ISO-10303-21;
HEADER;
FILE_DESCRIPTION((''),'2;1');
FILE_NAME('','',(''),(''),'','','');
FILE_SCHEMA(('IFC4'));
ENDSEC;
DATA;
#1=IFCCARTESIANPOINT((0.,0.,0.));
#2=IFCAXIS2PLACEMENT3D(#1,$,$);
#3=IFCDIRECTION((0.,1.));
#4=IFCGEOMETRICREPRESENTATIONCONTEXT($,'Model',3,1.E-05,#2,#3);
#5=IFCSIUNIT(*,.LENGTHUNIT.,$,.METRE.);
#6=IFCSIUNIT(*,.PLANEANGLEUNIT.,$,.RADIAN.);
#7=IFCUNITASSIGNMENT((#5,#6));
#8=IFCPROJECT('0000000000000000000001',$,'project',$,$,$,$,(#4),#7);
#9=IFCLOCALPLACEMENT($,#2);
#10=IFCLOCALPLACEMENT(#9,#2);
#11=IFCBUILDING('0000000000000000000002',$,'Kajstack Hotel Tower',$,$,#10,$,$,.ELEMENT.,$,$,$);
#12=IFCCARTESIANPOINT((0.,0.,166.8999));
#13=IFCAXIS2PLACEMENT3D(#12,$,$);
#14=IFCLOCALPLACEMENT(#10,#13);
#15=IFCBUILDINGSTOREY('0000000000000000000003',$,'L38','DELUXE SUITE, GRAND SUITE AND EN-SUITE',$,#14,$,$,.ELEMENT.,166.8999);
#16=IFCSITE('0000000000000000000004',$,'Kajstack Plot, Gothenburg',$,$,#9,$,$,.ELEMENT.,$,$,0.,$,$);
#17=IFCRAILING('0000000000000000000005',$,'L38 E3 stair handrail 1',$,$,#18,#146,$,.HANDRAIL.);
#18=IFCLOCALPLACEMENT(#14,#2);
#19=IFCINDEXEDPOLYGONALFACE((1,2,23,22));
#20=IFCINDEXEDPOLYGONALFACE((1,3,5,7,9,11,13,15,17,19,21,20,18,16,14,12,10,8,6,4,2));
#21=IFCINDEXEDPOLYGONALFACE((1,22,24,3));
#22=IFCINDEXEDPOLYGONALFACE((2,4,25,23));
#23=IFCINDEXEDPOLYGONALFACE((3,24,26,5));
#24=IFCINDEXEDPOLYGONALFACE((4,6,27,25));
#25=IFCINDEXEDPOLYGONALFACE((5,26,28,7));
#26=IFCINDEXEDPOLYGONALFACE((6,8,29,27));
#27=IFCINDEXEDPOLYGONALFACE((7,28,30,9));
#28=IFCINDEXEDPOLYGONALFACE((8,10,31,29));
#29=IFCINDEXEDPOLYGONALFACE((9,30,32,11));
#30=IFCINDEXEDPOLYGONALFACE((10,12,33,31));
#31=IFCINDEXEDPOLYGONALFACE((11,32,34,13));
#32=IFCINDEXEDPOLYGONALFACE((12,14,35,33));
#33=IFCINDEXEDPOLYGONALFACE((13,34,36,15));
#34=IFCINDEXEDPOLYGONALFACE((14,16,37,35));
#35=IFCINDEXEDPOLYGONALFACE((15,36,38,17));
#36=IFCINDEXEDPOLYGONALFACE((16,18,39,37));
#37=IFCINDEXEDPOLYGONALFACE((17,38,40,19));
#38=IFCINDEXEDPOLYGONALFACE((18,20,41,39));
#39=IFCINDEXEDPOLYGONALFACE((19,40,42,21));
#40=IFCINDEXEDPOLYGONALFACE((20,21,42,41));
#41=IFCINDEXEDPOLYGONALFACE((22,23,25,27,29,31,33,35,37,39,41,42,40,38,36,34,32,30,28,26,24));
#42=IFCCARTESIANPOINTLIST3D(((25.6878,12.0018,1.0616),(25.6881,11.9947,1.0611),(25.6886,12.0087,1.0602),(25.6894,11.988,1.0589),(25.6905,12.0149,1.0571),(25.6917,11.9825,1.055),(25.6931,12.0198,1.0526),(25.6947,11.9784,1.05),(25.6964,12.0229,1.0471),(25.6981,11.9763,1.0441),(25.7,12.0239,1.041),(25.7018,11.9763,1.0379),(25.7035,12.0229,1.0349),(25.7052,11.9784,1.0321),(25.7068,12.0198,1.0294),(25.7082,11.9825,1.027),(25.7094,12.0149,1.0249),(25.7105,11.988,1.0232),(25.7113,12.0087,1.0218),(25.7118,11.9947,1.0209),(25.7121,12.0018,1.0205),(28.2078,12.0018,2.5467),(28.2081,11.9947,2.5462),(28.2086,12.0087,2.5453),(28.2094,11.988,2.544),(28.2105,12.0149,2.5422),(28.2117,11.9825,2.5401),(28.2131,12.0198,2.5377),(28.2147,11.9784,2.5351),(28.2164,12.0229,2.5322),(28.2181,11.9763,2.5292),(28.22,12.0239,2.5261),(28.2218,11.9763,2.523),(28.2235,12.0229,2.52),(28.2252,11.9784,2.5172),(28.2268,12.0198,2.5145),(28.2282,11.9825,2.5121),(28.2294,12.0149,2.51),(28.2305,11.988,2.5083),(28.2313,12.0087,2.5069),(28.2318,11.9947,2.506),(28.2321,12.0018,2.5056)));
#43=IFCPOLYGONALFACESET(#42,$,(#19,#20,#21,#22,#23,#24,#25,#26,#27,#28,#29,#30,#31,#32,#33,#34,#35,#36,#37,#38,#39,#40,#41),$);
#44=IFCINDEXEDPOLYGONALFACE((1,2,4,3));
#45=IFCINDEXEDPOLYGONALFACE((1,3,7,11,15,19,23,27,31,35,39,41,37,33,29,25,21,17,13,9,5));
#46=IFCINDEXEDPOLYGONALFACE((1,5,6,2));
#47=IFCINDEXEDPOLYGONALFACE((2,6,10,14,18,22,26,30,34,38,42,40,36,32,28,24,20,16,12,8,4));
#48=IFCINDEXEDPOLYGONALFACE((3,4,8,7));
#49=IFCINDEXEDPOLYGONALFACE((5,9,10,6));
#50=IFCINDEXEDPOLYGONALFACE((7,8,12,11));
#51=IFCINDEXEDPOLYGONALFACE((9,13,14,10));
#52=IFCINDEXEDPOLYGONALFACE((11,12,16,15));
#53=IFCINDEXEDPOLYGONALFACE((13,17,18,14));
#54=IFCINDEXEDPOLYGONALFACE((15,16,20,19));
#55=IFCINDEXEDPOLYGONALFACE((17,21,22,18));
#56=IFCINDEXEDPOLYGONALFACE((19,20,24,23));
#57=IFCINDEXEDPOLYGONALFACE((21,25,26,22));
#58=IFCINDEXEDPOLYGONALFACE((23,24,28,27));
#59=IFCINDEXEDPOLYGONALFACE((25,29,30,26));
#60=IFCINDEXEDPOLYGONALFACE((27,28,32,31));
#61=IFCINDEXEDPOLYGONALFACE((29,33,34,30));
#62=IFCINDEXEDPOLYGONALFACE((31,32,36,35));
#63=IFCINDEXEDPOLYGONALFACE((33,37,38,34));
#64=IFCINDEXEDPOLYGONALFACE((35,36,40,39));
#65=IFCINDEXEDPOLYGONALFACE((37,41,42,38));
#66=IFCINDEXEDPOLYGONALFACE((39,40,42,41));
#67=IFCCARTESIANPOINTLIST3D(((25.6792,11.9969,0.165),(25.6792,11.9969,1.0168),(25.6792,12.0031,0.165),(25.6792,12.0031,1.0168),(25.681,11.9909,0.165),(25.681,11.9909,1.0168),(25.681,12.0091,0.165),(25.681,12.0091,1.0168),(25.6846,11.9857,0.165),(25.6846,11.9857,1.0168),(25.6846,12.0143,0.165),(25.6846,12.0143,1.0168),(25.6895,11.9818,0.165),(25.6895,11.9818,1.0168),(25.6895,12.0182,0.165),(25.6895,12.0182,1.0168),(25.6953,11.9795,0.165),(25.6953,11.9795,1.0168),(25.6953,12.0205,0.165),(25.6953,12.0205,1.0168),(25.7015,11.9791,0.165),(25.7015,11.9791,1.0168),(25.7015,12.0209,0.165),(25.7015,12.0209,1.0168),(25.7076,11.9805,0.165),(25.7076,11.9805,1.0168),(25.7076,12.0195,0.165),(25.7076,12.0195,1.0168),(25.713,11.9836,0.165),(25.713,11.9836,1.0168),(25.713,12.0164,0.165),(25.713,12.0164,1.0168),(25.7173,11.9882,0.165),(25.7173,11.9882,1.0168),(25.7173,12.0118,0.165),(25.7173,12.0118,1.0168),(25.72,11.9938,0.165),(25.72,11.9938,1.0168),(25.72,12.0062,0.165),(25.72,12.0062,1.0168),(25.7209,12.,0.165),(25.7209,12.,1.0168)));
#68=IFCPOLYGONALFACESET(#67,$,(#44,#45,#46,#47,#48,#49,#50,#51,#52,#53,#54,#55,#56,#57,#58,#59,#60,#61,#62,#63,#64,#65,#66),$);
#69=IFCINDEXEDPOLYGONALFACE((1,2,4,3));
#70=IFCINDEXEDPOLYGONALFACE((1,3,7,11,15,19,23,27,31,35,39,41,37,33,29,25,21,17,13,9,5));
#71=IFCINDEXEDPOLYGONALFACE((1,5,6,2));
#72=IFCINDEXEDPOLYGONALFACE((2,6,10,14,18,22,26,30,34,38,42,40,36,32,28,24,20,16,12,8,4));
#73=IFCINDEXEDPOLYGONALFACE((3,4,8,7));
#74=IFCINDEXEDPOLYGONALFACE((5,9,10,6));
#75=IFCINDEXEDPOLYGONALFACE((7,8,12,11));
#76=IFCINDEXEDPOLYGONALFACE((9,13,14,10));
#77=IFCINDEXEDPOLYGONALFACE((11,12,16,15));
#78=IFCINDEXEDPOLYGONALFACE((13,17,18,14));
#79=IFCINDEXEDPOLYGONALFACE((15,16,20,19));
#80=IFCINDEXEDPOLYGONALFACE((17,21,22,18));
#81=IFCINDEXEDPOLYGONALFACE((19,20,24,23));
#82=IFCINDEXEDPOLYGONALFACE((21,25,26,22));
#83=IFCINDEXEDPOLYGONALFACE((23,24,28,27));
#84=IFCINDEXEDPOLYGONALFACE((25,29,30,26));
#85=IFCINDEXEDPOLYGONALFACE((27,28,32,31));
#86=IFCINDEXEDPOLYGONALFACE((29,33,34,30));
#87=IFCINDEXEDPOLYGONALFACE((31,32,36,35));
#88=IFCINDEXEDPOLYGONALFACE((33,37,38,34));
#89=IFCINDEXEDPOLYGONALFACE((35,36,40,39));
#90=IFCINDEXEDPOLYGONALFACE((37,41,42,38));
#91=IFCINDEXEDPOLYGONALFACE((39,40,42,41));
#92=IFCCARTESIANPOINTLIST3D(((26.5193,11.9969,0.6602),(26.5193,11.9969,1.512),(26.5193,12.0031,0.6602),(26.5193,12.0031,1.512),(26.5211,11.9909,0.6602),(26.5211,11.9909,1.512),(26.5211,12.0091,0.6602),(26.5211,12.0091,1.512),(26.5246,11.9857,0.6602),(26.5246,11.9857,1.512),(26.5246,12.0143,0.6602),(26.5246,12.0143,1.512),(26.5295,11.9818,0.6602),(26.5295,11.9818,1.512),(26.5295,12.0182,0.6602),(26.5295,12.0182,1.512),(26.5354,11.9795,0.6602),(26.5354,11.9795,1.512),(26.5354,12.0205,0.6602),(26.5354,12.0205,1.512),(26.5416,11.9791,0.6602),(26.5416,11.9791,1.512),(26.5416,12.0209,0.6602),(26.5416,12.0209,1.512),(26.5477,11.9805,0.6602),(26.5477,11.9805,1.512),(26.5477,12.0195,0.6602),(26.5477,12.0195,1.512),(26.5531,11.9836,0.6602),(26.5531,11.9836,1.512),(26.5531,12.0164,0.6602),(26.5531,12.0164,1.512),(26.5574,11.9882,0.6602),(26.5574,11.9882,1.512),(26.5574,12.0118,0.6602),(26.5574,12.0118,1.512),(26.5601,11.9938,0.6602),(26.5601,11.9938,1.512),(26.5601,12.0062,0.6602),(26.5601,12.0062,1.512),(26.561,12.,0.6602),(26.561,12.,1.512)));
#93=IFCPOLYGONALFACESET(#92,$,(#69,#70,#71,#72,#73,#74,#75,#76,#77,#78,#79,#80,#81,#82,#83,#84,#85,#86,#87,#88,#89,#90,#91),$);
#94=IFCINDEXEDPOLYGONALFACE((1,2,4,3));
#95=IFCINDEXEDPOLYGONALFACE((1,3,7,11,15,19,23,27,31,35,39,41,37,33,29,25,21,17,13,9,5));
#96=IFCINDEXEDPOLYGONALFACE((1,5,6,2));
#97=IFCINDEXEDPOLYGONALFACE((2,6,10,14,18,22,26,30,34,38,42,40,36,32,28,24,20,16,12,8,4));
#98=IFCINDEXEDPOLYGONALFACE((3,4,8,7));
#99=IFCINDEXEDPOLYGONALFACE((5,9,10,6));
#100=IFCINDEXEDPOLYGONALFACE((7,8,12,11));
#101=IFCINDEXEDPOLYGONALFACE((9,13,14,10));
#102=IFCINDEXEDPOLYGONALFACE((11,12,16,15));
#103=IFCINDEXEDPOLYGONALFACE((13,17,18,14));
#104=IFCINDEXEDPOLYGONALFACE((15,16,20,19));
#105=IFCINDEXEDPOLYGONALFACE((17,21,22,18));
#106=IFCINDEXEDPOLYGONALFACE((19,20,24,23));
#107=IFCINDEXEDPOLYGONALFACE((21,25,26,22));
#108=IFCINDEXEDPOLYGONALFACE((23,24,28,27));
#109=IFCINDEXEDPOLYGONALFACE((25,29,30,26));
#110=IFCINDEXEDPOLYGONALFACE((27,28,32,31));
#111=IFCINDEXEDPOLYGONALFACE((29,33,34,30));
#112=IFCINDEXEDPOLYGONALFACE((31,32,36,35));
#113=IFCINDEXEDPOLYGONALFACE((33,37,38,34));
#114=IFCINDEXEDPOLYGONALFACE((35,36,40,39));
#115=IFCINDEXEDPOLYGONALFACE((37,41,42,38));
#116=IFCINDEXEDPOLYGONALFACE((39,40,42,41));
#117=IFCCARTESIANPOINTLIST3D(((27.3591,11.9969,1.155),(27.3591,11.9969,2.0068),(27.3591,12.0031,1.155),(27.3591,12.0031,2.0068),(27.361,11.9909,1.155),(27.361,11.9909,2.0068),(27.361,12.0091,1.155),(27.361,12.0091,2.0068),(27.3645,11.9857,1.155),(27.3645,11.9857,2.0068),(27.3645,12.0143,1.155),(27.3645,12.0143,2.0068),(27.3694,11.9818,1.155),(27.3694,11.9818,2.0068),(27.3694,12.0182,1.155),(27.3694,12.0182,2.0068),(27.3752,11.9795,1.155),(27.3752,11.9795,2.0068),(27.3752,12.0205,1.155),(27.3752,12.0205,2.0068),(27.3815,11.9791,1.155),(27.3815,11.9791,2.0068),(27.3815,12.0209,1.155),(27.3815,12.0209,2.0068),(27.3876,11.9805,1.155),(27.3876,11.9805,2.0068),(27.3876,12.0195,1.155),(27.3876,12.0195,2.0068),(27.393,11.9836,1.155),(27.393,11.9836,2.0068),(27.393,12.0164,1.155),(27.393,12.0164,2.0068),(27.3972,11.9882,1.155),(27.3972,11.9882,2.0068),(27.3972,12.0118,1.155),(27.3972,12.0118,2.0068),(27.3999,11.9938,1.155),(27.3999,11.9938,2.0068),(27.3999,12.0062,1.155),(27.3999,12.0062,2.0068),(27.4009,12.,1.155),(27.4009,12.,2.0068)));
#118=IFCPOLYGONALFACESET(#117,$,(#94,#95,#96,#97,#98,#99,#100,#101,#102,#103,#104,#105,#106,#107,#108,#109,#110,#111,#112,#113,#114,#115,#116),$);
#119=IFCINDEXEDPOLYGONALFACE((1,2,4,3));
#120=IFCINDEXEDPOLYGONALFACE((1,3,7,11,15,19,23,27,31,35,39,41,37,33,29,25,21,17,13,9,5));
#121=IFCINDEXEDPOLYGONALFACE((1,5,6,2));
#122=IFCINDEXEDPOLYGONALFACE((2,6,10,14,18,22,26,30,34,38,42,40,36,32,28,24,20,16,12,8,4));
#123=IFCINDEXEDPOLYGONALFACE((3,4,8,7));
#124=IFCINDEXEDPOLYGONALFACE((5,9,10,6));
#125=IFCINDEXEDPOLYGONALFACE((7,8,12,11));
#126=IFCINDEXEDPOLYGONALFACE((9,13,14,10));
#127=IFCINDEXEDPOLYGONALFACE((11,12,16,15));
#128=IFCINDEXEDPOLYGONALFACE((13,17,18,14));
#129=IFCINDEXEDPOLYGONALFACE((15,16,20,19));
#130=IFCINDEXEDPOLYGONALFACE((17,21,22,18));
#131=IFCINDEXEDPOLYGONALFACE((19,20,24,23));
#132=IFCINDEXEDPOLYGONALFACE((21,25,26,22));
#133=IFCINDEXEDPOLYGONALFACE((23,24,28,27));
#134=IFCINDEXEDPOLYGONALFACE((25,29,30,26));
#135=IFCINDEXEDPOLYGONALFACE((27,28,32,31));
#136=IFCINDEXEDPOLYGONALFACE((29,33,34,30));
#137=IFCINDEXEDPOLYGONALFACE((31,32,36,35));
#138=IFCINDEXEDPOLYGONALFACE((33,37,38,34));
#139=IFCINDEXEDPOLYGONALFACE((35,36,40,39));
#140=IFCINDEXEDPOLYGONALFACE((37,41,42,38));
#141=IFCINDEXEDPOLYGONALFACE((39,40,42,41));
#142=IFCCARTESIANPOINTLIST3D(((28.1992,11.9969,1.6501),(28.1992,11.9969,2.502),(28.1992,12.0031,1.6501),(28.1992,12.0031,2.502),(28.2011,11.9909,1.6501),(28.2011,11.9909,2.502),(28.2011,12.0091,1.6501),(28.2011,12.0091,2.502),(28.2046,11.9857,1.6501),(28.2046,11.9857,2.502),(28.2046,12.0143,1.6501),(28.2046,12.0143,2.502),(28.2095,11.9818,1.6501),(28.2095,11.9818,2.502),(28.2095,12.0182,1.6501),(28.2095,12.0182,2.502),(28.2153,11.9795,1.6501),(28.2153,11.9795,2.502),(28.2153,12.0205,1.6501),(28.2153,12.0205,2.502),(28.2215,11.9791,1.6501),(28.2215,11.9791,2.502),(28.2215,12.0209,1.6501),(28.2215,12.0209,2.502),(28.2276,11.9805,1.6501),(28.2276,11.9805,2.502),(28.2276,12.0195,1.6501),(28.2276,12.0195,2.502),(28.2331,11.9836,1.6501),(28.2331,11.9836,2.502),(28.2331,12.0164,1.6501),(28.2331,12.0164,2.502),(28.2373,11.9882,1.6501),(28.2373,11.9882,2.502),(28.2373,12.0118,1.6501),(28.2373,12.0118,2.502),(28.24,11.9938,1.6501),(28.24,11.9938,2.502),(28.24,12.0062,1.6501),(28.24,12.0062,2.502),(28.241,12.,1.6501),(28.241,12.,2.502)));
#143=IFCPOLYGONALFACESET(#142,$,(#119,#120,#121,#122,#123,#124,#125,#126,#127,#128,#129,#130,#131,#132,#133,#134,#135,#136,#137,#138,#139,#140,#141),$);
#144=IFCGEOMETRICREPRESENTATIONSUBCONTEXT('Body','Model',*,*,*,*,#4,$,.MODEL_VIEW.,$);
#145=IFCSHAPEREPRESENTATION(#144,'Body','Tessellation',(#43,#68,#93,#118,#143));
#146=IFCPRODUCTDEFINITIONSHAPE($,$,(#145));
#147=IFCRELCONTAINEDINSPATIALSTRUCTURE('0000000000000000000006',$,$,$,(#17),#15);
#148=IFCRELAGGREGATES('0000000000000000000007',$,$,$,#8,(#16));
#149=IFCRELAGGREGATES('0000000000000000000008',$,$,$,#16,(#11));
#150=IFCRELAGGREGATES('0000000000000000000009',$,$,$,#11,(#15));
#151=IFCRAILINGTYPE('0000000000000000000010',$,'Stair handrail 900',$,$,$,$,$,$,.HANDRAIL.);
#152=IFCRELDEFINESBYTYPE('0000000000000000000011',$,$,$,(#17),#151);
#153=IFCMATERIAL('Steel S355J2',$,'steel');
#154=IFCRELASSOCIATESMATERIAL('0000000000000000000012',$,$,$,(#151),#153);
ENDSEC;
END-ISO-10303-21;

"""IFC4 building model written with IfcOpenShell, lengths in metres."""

from ifc_helpers import new_model, si_unit, direction, frame, origin, origin_2d, place, context, subcontext, project, spatial, circle, extrude, material, type_object, element, save


model = new_model("IFC4")

# Units and contexts
model_context = context("Model", 3, precision=1e-05, world=origin(), true_north=direction((0.0, 1.0)))
body_context = subcontext(model_context, "Body", "Model", "MODEL_VIEW")
ifc_project = project(units=[si_unit("LENGTHUNIT", "METRE"), si_unit("PLANEANGLEUNIT", "RADIAN")], contexts=[model_context])

# Site, building, storey
site_placement = place(None, origin())
site = spatial("IfcSite", under=ifc_project, at=site_placement, Name="Kajstack Plot, Gothenburg", CompositionType="ELEMENT", RefElevation=0.0)
building_placement = place(site_placement, origin())
building = spatial("IfcBuilding", under=site, at=building_placement, Name="Kajstack Hotel Tower", CompositionType="ELEMENT")
storey_placement = place(building_placement, frame((0.0, 0.0, 166.8999)))
storey = spatial("IfcBuildingStorey", under=building, at=storey_placement, Name="L38", Description="DELUXE SUITE, GRAND SUITE AND EN-SUITE", CompositionType="ELEMENT", Elevation=166.8999)

# Railing
ifc_material_1 = material(Name="Steel S355J2", Category="steel")
railing_type_1 = type_object("IfcRailingType", Name="Stair handrail 900", PredefinedType="HANDRAIL", material=ifc_material_1)
railing_1_placement = place(storey_placement, frame((25.7, 12.0, 0.165)))
element("IfcRailing", 1, at=railing_1_placement, inside=storey, type_object=railing_type_1, Name="L38 E3 stair handrail 1", PredefinedType="HANDRAIL", context=body_context, shape_type="SweptSolid", body=[
    extrude(circle(Radius=0.0239, at=origin_2d()), frame((0.0, 0.0, 0.876), z_axis=(0.861524, 0.0, 0.507717), x_axis=(0.0, 1.0, 0.0)), (0.0, 0.0, 1.0), 2.925),
    extrude(circle(Radius=0.021, at=origin_2d()), origin(), (0.0, 0.0, 1.0), 0.8518),
    extrude(circle(Radius=0.021, at=origin_2d()), frame((0.8401, 0.0, 0.4951)), (0.0, 0.0, 1.0), 0.8518),
    extrude(circle(Radius=0.021, at=origin_2d()), frame((1.6799, 0.0, 0.99)), (0.0, 0.0, 1.0), 0.8518),
    extrude(circle(Radius=0.021, at=origin_2d()), frame((2.52, 0.0, 1.4851)), (0.0, 0.0, 1.0), 0.8518),
])

save(model, "model.ifc")
